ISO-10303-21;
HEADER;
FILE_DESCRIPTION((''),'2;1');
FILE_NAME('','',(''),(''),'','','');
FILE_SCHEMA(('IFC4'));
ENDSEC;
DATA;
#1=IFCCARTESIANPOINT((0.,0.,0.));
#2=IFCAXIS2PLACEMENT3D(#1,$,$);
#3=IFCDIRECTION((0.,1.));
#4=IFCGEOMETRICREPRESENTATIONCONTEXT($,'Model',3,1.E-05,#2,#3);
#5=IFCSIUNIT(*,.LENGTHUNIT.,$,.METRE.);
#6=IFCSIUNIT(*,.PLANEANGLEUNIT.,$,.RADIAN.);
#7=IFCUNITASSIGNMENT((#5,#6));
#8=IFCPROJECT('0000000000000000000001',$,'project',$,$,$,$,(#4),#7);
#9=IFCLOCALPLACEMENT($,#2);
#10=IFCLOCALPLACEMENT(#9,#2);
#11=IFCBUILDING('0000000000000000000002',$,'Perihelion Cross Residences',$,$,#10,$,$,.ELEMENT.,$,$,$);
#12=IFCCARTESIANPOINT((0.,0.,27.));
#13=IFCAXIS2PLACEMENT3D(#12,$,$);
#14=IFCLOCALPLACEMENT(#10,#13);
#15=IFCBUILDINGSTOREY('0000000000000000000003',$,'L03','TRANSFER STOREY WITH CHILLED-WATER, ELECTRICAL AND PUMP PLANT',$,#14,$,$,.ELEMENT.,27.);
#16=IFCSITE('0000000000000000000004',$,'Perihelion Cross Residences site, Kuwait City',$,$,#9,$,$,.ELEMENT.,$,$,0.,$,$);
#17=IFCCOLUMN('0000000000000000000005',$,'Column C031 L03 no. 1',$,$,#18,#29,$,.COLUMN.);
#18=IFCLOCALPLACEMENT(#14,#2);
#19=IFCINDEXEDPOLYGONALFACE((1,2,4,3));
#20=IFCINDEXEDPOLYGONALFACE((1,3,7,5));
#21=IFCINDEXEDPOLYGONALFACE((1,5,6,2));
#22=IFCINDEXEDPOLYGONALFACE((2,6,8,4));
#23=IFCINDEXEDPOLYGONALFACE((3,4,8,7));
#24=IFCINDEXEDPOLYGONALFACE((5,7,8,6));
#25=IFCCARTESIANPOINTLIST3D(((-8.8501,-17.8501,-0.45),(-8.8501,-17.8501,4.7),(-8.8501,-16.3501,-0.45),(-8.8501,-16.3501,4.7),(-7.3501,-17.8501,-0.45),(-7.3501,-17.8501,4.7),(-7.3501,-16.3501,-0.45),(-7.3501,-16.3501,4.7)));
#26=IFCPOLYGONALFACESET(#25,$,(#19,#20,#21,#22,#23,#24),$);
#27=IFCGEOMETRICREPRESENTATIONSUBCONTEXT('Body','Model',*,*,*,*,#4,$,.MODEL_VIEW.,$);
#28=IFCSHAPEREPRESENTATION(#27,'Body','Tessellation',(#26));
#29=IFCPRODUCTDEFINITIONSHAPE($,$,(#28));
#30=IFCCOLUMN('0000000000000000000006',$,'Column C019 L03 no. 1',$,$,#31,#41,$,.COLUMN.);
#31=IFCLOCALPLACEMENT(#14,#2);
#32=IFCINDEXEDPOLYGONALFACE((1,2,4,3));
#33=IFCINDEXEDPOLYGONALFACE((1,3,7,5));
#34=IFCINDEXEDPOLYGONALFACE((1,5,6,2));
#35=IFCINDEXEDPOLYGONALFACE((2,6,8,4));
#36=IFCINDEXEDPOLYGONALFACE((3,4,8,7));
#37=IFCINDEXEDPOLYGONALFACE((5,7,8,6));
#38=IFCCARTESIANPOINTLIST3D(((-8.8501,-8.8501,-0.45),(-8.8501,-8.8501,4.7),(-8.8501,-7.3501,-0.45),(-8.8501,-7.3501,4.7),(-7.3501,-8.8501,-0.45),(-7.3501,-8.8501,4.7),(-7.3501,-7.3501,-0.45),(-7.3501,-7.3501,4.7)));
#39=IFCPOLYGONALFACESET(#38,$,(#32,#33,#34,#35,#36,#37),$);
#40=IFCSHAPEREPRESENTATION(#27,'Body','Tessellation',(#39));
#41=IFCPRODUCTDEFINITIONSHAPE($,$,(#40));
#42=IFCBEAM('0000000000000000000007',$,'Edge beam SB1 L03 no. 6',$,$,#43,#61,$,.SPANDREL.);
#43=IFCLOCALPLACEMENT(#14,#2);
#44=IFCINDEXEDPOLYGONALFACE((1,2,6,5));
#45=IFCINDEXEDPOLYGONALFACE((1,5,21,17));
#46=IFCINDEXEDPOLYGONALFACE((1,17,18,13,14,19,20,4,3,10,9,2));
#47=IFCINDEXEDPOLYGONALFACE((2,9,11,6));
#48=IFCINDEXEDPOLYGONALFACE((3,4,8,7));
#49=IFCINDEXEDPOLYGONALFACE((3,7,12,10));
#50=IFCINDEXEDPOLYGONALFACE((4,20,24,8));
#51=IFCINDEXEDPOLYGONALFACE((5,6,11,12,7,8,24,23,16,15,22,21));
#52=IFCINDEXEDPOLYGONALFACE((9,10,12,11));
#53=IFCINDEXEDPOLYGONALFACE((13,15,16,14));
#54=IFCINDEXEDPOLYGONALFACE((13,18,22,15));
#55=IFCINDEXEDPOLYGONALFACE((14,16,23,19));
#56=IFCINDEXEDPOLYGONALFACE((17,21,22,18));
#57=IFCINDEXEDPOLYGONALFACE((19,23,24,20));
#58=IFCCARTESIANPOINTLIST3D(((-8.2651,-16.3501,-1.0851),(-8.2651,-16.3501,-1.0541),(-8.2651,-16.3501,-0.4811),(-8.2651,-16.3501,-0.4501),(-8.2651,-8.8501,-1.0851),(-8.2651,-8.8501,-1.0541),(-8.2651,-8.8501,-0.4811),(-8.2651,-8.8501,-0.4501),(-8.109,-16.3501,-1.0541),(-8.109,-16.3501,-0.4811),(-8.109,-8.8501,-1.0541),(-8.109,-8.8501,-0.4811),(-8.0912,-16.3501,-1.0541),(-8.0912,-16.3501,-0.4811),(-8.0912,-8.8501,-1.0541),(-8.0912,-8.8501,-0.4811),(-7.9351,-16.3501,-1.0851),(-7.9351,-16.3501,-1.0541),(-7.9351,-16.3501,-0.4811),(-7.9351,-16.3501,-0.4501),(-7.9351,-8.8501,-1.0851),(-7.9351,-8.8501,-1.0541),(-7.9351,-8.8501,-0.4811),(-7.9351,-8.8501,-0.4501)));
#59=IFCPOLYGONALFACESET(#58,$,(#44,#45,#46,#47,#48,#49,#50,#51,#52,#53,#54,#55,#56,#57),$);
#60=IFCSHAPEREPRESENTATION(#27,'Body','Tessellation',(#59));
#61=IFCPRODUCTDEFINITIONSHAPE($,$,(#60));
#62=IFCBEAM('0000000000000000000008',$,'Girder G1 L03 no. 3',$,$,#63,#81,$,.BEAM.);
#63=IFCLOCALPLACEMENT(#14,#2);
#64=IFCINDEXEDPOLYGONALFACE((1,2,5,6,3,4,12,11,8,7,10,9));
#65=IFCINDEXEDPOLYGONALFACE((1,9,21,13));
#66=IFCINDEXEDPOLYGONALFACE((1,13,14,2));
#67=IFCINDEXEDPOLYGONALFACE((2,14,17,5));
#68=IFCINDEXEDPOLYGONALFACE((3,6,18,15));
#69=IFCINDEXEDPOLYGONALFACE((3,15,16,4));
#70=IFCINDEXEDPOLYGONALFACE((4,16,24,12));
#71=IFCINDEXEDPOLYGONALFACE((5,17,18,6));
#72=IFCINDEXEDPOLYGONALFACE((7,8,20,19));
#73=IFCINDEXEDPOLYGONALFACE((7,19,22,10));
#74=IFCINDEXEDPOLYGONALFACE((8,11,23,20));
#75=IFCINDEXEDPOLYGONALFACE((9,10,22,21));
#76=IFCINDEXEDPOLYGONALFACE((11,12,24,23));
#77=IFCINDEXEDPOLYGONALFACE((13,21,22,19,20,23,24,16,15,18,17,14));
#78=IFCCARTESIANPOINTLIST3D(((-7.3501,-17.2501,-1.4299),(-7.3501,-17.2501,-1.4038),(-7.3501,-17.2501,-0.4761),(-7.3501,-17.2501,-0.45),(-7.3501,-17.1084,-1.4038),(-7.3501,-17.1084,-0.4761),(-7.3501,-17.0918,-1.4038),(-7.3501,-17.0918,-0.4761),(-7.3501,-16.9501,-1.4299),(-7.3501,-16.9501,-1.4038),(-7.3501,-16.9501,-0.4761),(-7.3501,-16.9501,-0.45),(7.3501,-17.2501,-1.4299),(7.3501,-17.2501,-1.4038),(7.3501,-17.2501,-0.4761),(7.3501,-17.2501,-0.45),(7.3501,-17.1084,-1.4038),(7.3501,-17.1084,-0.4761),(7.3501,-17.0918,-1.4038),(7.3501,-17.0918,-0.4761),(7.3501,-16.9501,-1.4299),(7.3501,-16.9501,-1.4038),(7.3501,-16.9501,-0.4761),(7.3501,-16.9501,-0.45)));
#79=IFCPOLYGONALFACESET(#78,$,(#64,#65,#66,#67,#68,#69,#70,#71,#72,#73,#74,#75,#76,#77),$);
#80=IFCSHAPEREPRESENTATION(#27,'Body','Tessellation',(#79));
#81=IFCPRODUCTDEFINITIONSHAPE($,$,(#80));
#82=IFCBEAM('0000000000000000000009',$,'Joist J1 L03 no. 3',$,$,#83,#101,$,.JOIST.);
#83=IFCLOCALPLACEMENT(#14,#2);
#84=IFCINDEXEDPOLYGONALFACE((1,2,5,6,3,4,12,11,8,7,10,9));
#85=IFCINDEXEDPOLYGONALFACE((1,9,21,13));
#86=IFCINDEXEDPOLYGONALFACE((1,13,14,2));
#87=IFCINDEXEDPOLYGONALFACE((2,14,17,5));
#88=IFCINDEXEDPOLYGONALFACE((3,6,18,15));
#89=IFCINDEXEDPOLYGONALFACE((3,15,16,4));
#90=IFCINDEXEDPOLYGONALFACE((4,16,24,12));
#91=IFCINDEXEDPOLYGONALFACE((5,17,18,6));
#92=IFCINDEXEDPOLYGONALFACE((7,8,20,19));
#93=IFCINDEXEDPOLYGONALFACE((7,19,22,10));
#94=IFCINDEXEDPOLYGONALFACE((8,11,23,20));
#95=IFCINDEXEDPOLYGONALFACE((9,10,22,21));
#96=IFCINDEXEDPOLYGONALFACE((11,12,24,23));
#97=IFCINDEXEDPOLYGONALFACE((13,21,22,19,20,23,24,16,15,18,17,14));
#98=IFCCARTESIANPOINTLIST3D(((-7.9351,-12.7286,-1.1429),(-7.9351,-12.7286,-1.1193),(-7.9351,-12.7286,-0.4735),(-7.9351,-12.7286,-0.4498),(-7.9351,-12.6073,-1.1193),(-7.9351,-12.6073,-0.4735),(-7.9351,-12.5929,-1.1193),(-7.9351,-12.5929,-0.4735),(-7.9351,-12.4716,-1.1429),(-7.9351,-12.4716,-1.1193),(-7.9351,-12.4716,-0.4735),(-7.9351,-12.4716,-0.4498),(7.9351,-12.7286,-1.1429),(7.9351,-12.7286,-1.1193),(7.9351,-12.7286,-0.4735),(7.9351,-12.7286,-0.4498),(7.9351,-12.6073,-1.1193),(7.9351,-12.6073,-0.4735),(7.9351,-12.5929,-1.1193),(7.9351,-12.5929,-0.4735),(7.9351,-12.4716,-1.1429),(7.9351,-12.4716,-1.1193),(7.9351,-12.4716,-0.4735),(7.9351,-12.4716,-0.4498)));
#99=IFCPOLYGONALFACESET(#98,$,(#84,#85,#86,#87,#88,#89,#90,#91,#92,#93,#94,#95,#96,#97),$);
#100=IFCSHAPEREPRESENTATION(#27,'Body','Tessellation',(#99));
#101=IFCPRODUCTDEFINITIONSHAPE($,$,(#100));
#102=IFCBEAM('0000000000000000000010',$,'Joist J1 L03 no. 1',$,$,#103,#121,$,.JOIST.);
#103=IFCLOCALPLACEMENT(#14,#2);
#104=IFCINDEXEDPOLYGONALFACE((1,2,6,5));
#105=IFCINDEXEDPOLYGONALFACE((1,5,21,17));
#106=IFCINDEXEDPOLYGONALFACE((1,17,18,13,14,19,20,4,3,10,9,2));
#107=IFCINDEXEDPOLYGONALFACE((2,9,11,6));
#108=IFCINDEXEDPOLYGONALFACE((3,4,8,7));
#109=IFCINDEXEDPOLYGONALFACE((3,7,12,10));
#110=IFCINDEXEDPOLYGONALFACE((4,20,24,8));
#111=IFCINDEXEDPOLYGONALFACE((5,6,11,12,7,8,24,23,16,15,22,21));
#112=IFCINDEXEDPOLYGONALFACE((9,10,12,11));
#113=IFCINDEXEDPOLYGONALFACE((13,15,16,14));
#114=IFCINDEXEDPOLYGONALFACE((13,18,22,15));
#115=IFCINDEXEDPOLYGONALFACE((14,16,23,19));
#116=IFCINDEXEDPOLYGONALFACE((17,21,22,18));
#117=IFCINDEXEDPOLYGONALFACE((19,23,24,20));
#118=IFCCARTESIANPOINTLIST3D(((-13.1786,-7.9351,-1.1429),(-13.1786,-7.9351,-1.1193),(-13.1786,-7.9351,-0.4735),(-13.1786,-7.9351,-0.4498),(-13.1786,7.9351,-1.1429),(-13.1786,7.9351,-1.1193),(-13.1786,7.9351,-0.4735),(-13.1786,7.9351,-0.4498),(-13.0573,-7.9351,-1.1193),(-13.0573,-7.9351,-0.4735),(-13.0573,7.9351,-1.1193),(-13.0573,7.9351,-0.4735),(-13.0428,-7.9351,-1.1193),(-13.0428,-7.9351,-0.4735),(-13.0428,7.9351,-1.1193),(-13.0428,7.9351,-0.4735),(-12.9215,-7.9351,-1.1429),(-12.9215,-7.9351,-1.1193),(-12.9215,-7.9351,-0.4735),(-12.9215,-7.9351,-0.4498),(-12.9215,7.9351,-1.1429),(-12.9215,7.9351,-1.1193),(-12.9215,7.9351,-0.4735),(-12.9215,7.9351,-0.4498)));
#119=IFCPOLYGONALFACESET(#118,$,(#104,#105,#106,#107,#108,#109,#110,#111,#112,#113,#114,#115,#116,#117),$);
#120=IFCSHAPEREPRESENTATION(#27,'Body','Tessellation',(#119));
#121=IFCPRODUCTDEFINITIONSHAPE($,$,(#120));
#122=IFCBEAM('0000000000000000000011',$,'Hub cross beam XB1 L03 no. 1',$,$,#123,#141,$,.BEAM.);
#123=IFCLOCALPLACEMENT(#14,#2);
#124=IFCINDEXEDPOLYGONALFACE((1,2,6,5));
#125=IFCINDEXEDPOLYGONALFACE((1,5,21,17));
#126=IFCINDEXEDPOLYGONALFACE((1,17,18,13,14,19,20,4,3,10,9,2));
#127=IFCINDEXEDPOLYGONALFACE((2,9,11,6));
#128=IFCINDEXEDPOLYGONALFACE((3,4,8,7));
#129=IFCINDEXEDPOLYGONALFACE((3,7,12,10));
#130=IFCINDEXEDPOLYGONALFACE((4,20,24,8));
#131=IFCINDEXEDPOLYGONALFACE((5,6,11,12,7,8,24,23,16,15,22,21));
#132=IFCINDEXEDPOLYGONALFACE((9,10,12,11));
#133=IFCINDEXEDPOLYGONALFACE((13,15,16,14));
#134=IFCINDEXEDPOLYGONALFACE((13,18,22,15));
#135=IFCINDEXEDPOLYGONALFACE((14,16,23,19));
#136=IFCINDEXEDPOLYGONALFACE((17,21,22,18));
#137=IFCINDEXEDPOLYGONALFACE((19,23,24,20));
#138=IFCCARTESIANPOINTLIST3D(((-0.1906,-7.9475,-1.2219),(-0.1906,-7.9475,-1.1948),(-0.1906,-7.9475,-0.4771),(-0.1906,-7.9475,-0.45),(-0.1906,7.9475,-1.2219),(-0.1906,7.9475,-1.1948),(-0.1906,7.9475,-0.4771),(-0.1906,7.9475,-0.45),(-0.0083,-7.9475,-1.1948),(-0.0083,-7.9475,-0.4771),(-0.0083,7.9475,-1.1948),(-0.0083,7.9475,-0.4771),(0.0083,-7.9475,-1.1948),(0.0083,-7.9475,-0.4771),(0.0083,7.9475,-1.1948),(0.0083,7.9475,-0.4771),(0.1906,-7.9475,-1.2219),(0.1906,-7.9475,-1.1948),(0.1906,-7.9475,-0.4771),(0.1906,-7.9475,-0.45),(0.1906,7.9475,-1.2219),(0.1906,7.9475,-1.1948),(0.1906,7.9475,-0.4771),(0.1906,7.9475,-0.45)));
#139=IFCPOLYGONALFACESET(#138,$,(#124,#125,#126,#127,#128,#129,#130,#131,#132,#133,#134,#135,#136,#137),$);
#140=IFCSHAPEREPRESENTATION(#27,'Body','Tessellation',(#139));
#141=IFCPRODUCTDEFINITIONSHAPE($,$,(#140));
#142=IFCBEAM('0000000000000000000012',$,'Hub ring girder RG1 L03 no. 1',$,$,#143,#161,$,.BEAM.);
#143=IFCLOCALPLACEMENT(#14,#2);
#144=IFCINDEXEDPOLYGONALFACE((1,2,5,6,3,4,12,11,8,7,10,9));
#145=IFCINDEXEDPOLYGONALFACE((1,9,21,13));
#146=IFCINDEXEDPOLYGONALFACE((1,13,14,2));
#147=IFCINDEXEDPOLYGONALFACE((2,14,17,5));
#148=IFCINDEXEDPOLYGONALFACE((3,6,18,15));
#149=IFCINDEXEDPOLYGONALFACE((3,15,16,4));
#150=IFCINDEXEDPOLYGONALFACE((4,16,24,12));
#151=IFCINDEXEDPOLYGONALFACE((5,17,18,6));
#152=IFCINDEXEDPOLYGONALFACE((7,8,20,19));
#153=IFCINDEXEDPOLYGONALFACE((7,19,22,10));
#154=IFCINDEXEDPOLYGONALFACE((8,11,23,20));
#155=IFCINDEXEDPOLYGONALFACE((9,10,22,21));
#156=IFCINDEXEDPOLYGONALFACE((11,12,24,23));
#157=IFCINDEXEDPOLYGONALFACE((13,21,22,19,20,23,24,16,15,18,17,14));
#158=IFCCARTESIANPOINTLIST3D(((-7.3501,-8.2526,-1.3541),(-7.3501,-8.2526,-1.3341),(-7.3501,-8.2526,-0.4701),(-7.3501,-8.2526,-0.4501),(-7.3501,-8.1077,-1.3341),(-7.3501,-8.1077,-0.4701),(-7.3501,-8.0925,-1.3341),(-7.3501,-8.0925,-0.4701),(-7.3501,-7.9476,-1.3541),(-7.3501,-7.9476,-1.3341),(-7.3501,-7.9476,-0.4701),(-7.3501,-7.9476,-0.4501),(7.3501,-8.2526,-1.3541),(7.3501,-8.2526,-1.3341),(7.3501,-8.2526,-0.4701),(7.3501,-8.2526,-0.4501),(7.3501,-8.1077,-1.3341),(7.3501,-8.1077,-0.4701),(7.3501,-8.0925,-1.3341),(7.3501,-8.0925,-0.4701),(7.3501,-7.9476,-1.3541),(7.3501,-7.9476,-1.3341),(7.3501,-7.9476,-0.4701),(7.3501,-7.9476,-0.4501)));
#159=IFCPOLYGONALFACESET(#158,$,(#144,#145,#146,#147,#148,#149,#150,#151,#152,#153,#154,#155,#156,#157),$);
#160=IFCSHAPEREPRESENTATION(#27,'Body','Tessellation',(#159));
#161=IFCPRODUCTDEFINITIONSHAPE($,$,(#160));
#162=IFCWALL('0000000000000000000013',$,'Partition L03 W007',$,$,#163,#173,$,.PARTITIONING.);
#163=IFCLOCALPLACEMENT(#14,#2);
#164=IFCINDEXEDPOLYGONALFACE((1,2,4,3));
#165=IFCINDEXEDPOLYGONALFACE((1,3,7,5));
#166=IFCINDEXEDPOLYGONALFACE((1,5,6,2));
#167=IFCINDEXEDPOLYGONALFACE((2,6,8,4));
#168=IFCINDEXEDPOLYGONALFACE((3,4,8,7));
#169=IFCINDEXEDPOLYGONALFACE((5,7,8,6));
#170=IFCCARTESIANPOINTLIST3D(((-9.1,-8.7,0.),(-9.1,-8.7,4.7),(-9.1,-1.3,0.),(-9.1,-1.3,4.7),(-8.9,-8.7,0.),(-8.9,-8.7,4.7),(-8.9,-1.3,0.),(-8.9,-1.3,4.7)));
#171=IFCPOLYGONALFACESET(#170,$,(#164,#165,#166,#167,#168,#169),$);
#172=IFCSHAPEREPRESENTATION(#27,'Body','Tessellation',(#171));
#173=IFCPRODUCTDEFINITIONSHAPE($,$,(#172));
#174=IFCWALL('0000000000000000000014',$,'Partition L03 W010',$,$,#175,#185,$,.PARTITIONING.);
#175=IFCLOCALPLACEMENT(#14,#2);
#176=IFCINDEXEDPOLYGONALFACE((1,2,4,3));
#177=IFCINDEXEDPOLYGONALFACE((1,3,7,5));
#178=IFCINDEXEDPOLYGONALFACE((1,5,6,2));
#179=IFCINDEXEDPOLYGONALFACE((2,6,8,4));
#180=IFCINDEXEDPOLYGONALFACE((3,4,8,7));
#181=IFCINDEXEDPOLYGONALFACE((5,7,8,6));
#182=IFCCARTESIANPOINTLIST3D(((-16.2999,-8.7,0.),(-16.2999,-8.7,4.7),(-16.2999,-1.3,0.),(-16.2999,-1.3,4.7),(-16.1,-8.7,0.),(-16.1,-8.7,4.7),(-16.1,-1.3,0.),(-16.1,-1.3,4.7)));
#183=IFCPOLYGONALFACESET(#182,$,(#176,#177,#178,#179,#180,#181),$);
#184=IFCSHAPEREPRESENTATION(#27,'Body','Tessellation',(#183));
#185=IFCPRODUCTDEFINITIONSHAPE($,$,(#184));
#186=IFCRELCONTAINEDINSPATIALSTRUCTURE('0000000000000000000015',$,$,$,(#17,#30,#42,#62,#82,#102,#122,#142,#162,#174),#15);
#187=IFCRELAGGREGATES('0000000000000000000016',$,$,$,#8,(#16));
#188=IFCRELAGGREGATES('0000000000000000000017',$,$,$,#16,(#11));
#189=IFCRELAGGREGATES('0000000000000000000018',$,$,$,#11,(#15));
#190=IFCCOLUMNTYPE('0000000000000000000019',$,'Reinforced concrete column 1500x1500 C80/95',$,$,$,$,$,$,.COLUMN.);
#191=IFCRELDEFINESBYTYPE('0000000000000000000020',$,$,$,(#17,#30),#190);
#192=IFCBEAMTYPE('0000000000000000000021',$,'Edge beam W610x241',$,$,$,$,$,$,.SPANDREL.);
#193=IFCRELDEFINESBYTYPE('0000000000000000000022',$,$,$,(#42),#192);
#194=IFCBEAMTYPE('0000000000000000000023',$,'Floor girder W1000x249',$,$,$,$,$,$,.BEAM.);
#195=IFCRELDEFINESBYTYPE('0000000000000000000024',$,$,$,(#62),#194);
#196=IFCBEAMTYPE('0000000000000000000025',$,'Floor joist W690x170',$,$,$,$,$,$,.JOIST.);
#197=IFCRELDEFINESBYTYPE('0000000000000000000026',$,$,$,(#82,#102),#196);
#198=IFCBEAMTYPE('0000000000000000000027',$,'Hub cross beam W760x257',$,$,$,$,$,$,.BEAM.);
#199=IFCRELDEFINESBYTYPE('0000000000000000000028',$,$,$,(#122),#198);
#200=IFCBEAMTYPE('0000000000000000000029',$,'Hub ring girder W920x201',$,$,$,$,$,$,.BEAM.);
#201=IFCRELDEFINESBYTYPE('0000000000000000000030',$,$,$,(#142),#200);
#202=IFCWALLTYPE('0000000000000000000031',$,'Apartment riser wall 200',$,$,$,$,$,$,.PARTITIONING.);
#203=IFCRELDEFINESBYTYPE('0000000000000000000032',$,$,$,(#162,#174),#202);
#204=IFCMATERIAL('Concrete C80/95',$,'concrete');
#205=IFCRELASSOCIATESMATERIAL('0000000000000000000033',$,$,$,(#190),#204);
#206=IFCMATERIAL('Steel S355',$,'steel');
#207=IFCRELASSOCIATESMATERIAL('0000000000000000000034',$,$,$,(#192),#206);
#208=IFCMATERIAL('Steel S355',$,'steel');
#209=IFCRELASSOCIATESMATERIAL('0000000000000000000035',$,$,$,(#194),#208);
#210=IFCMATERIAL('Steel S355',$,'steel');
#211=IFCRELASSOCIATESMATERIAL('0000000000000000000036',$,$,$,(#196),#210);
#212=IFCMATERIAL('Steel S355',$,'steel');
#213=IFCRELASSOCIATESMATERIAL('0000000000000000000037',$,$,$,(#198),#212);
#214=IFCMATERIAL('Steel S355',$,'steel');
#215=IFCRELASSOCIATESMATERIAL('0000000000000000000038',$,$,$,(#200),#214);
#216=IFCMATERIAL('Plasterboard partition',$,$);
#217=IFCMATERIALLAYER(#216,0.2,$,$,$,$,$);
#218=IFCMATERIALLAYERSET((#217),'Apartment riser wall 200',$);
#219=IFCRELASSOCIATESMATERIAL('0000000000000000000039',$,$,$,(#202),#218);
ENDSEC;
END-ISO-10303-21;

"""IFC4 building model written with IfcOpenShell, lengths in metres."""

from ifc_helpers import new_model, si_unit, direction, frame, frame_2d, origin, origin_2d, place, context, subcontext, project, spatial, rectangle, i_section, extrude, material, layer, layer_set, material_profile, profile_set, type_object, element, save


model = new_model("IFC4")

# Units and contexts
model_context = context("Model", 3, precision=1e-05, world=origin(), true_north=direction((0.0, 1.0)))
body_context = subcontext(model_context, "Body", "Model", "MODEL_VIEW")
ifc_project = project(units=[si_unit("LENGTHUNIT", "METRE"), si_unit("PLANEANGLEUNIT", "RADIAN")], contexts=[model_context])

# Site, building, storey
site_placement = place(None, origin())
site = spatial("IfcSite", under=ifc_project, at=site_placement, Name="Perihelion Cross Residences site, Kuwait City", CompositionType="ELEMENT", RefElevation=0.0)
building_placement = place(site_placement, origin())
building = spatial("IfcBuilding", under=site, at=building_placement, Name="Perihelion Cross Residences", CompositionType="ELEMENT")
storey_placement = place(building_placement, frame((0.0, 0.0, 27.0)))
storey = spatial("IfcBuildingStorey", under=building, at=storey_placement, Name="L03", Description="TRANSFER STOREY WITH CHILLED-WATER, ELECTRICAL AND PUMP PLANT", CompositionType="ELEMENT", Elevation=27.0)

# Columns
ifc_material_1 = material(Name="Concrete C80/95", Category="concrete")
ifc_material_profile_1 = material_profile(ifc_material_1, rectangle(XDim=1.5, YDim=1.5, at=origin_2d()), Name="RC 1500x1500")
ifc_profile_set_1 = profile_set([ifc_material_profile_1], Name="Concrete C80/95")
column_type = type_object("IfcColumnType", Name="Reinforced concrete column 1500x1500 C80/95", PredefinedType="COLUMN", material=ifc_profile_set_1)
for number, where, z_axis, x_axis, name in (
    (1, (-8.1001, -17.1001, -0.45), (0.0, 0.0, 1.0), (1.0, 0.0, 0.0), "Column C031 L03 no. 1"),
    (2, (-8.1001, -8.1001, -0.45), (0.0, 0.0, 1.0), (1.0, 0.0, 0.0), "Column C019 L03 no. 1"),
):
    element("IfcColumn", number, at=place(storey_placement, frame(where, z_axis=z_axis, x_axis=x_axis)), inside=storey, type_object=column_type, Name=name, PredefinedType="COLUMN", context=body_context, shape_type="SweptSolid", body=[
        extrude(rectangle(XDim=1.5, YDim=1.5, at=origin_2d()), origin(), (0.0, 0.0, 1.0), 5.1499),
    ])

# Beams
ifc_material_2 = material(Name="Steel S355", Category="steel")
ifc_material_profile_2 = material_profile(ifc_material_2, i_section(OverallWidth=0.3301, OverallDepth=0.635, WebThickness=0.0178, FlangeThickness=0.031, at=origin_2d()), Name="W610x241")
ifc_profile_set_2 = profile_set([ifc_material_profile_2], Name="Steel S355")
beam_type_1 = type_object("IfcBeamType", Name="Edge beam W610x241", PredefinedType="SPANDREL", material=ifc_profile_set_2)
beam_1_placement = place(storey_placement, frame((-8.1001, -8.8501, -0.7676), z_axis=(0.0, -1.0, 0.0), x_axis=(1.0, 0.0, 0.0)))
element("IfcBeam", 3, at=beam_1_placement, inside=storey, type_object=beam_type_1, Name="Edge beam SB1 L03 no. 6", PredefinedType="SPANDREL", context=body_context, shape_type="SweptSolid", body=[
    extrude(i_section(OverallWidth=0.3301, OverallDepth=0.635, WebThickness=0.0178, FlangeThickness=0.031, at=origin_2d()), origin(), (0.0, 0.0, 1.0), 7.5),
])
ifc_material_3 = material(Name="Steel S355", Category="steel")
ifc_material_profile_3 = material_profile(ifc_material_3, i_section(OverallWidth=0.3, OverallDepth=0.98, WebThickness=0.0166, FlangeThickness=0.0261, at=origin_2d()), Name="W1000x249")
ifc_profile_set_3 = profile_set([ifc_material_profile_3], Name="Steel S355")
beam_type_2 = type_object("IfcBeamType", Name="Floor girder W1000x249", PredefinedType="BEAM", material=ifc_profile_set_3)
beam_2_placement = place(storey_placement, frame((-7.3501, -17.1001, -0.9399), z_axis=(1.0, 0.0, 0.0), x_axis=(0.0, 1.0, 0.0)))
element("IfcBeam", 4, at=beam_2_placement, inside=storey, type_object=beam_type_2, Name="Girder G1 L03 no. 3", PredefinedType="BEAM", context=body_context, shape_type="SweptSolid", body=[
    extrude(i_section(OverallWidth=0.3, OverallDepth=0.98, WebThickness=0.0166, FlangeThickness=0.0261, at=origin_2d()), origin(), (0.0, 0.0, 1.0), 14.7002),
])
ifc_material_4 = material(Name="Steel S355", Category="steel")
ifc_material_profile_4 = material_profile(ifc_material_4, i_section(OverallWidth=0.2571, OverallDepth=0.6931, WebThickness=0.0144, FlangeThickness=0.0237, at=origin_2d()), Name="W690x170")
ifc_profile_set_4 = profile_set([ifc_material_profile_4], Name="Steel S355")
beam_type_3 = type_object("IfcBeamType", Name="Floor joist W690x170", PredefinedType="JOIST", material=ifc_profile_set_4)
for number, where, z_axis, x_axis, name in (
    (5, (-7.9351, -12.6001, -0.7964), (1.0, 0.0, 0.0), (0.0, 1.0, 0.0), "Joist J1 L03 no. 3"),
    (6, (-13.05, -7.9351, -0.7964), (0.0, 1.0, 0.0), (-1.0, 0.0, 0.0), "Joist J1 L03 no. 1"),
):
    element("IfcBeam", number, at=place(storey_placement, frame(where, z_axis=z_axis, x_axis=x_axis)), inside=storey, type_object=beam_type_3, Name=name, PredefinedType="JOIST", context=body_context, shape_type="SweptSolid", body=[
        extrude(i_section(OverallWidth=0.2571, OverallDepth=0.6931, WebThickness=0.0144, FlangeThickness=0.0237, at=origin_2d()), origin(), (0.0, 0.0, 1.0), 15.8701),
    ])
ifc_material_5 = material(Name="Steel S355", Category="steel")
ifc_material_profile_5 = material_profile(ifc_material_5, i_section(OverallWidth=0.3811, OverallDepth=0.772, WebThickness=0.0166, FlangeThickness=0.0271, at=origin_2d()), Name="W760x257")
ifc_profile_set_5 = profile_set([ifc_material_profile_5], Name="Steel S355")
beam_type_4 = type_object("IfcBeamType", Name="Hub cross beam W760x257", PredefinedType="BEAM", material=ifc_profile_set_5)
beam_3_placement = place(storey_placement, frame((0.0, -7.9475, -0.8359), z_axis=(0.0, 1.0, 0.0), x_axis=(-1.0, 0.0, 0.0)))
element("IfcBeam", 7, at=beam_3_placement, inside=storey, type_object=beam_type_4, Name="Hub cross beam XB1 L03 no. 1", PredefinedType="BEAM", context=body_context, shape_type="SweptSolid", body=[
    extrude(i_section(OverallWidth=0.3811, OverallDepth=0.772, WebThickness=0.0166, FlangeThickness=0.0271, at=origin_2d()), origin(), (0.0, 0.0, 1.0), 15.895),
])
ifc_material_6 = material(Name="Steel S355", Category="steel")
ifc_material_profile_6 = material_profile(ifc_material_6, i_section(OverallWidth=0.3049, OverallDepth=0.9041, WebThickness=0.0151, FlangeThickness=0.02, at=origin_2d()), Name="W920x201")
ifc_profile_set_6 = profile_set([ifc_material_profile_6], Name="Steel S355")
beam_type_5 = type_object("IfcBeamType", Name="Hub ring girder W920x201", PredefinedType="BEAM", material=ifc_profile_set_6)
beam_4_placement = place(storey_placement, frame((-7.3501, -8.1001, -0.9021), z_axis=(1.0, 0.0, 0.0), x_axis=(0.0, 1.0, 0.0)))
element("IfcBeam", 8, at=beam_4_placement, inside=storey, type_object=beam_type_5, Name="Hub ring girder RG1 L03 no. 1", PredefinedType="BEAM", context=body_context, shape_type="SweptSolid", body=[
    extrude(i_section(OverallWidth=0.3049, OverallDepth=0.9041, WebThickness=0.0151, FlangeThickness=0.02, at=origin_2d()), origin(), (0.0, 0.0, 1.0), 14.7002),
])

# Walls
ifc_material_7 = material(Name="Plasterboard partition")
ifc_layer_1 = layer(ifc_material_7, 0.2)
ifc_layer_set_1 = layer_set([ifc_layer_1], Name="Apartment riser wall 200")
wall_type_1 = type_object("IfcWallType", Name="Apartment riser wall 200", PredefinedType="PARTITIONING", material=ifc_layer_set_1)
for number, where, z_axis, x_axis, name in (
    (9, (-9.0, -8.7, 0.0), (0.0, 0.0, 1.0), (0.0, 1.0, 0.0), "Partition L03 W007"),
    (10, (-16.2, -8.7, 0.0), (0.0, 0.0, 1.0), (0.0, 1.0, 0.0), "Partition L03 W010"),
):
    element("IfcWall", number, at=place(storey_placement, frame(where, z_axis=z_axis, x_axis=x_axis)), inside=storey, type_object=wall_type_1, Name=name, PredefinedType="PARTITIONING", context=body_context, shape_type="SweptSolid", body=[
        extrude(rectangle(XDim=7.3999, YDim=0.2, at=frame_2d((3.7, 0.0))), origin(), (0.0, 0.0, 1.0), 4.7),
    ])

save(model, "model.ifc")
